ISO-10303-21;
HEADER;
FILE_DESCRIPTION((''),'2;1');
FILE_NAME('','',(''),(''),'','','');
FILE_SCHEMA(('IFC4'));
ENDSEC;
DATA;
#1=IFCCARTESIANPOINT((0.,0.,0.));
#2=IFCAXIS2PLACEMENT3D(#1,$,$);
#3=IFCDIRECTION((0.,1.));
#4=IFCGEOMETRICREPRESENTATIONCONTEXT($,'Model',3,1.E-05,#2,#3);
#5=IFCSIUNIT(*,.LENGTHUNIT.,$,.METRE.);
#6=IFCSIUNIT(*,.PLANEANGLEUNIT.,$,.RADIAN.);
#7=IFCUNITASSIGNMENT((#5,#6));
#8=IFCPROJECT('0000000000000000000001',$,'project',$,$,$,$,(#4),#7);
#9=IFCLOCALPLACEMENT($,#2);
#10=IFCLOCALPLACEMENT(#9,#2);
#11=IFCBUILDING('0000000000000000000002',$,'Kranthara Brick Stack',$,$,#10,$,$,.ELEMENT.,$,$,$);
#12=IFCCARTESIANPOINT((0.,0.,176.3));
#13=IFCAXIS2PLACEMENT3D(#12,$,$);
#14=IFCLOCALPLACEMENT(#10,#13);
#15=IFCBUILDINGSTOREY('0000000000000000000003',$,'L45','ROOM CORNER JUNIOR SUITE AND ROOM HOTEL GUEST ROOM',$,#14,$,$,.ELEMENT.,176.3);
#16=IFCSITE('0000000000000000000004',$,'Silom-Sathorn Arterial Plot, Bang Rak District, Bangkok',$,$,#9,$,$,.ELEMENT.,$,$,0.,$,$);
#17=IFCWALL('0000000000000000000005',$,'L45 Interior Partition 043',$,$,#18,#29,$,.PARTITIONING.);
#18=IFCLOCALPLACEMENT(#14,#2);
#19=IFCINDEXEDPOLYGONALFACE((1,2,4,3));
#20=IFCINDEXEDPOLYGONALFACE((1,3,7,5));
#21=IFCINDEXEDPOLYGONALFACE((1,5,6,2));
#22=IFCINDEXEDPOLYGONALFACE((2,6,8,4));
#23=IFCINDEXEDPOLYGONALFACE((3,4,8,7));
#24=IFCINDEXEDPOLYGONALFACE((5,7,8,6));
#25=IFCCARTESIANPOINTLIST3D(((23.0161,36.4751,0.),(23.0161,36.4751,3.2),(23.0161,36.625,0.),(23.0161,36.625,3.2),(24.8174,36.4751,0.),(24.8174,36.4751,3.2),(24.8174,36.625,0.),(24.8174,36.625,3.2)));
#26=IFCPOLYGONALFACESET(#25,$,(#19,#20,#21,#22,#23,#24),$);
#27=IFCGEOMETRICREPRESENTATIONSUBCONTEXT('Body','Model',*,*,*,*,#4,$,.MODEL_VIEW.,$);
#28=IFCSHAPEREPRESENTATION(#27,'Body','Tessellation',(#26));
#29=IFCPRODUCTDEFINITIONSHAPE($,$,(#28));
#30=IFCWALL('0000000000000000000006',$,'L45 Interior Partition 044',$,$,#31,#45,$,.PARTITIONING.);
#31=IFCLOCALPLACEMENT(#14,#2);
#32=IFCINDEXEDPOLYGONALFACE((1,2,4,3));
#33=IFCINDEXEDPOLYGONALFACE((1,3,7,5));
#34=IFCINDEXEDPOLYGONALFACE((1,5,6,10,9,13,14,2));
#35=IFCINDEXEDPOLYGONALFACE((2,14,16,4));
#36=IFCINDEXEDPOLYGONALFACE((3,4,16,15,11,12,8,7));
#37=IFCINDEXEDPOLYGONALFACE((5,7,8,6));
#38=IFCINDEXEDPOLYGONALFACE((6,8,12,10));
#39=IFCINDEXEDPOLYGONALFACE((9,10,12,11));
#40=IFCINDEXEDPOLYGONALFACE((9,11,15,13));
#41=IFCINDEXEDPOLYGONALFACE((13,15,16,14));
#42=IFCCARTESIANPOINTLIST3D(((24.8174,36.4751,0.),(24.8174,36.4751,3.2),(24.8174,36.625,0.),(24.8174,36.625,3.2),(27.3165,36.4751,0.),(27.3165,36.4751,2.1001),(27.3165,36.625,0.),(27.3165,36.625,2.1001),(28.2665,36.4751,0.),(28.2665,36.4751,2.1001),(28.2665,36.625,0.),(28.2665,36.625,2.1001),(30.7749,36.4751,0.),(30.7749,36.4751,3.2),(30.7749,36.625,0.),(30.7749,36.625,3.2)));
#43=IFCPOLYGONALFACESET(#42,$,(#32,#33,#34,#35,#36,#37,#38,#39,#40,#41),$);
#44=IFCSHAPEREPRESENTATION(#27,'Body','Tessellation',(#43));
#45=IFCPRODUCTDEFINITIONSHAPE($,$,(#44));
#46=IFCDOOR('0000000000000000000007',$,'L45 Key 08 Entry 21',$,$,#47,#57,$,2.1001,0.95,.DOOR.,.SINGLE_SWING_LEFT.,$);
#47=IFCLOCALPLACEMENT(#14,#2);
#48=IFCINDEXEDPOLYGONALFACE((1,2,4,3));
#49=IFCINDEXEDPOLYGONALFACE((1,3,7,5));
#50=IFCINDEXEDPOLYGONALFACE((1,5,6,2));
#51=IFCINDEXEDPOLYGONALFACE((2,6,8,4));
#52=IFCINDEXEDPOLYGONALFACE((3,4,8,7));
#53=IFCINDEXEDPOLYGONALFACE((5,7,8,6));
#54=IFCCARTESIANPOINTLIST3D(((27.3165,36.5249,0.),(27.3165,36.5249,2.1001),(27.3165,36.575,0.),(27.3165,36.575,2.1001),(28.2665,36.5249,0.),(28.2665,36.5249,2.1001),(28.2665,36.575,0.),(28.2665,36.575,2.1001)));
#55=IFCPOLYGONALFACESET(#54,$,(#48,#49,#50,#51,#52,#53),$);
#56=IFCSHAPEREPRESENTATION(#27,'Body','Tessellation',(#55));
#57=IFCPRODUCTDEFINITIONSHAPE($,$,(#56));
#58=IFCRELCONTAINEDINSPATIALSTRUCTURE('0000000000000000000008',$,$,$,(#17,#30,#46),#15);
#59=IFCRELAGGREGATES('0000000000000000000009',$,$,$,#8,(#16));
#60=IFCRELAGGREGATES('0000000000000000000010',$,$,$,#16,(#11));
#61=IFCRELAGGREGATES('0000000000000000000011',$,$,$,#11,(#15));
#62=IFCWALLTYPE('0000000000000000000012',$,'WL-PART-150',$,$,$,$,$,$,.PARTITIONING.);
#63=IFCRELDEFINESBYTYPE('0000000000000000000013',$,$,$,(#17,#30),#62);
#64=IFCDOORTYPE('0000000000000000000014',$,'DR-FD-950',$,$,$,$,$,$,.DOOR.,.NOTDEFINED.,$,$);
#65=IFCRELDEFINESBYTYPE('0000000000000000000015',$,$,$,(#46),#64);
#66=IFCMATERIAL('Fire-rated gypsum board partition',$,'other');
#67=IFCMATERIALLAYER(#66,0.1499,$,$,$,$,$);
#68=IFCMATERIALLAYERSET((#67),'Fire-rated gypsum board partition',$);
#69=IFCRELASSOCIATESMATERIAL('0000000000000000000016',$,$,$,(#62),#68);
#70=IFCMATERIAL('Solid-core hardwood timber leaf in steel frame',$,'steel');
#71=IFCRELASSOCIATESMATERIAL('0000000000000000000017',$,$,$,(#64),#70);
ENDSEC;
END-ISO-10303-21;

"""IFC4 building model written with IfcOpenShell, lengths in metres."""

from ifc_helpers import new_model, si_unit, direction, frame, frame_2d, origin, place, context, subcontext, project, spatial, rectangle, extrude, material, layer, layer_set, type_object, element, fill, save


model = new_model("IFC4")

# Units and contexts
model_context = context("Model", 3, precision=1e-05, world=origin(), true_north=direction((0.0, 1.0)))
body_context = subcontext(model_context, "Body", "Model", "MODEL_VIEW")
ifc_project = project(units=[si_unit("LENGTHUNIT", "METRE"), si_unit("PLANEANGLEUNIT", "RADIAN")], contexts=[model_context])

# Site, building, storey
site_placement = place(None, origin())
site = spatial("IfcSite", under=ifc_project, at=site_placement, Name="Silom-Sathorn Arterial Plot, Bang Rak District, Bangkok", CompositionType="ELEMENT", RefElevation=0.0)
building_placement = place(site_placement, origin())
building = spatial("IfcBuilding", under=site, at=building_placement, Name="Kranthara Brick Stack", CompositionType="ELEMENT")
storey_placement = place(building_placement, frame((0.0, 0.0, 176.3)))
storey = spatial("IfcBuildingStorey", under=building, at=storey_placement, Name="L45", Description="ROOM CORNER JUNIOR SUITE AND ROOM HOTEL GUEST ROOM", CompositionType="ELEMENT", Elevation=176.3)

# Shared definitions
ifc_material_1 = material(Name="Fire-rated gypsum board partition", Category="other")
ifc_layer_1 = layer(ifc_material_1, 0.1499)
ifc_layer_set_1 = layer_set([ifc_layer_1], Name="Fire-rated gypsum board partition")
wall_type_1 = type_object("IfcWallType", Name="WL-PART-150", PredefinedType="PARTITIONING", material=ifc_layer_set_1)

# Shared definitions
ifc_material_2 = material(Name="Solid-core hardwood timber leaf in steel frame", Category="steel")
door_type_1 = type_object("IfcDoorType", Name="DR-FD-950", OperationType="NOTDEFINED", PredefinedType="DOOR", material=ifc_material_2)

# Wall
wall_1_placement = place(storey_placement, frame((23.0161, 36.55, 0.0), z_axis=(0.0, 0.0, 1.0), x_axis=(1.0, 0.0, 0.0)))
element("IfcWall", 1, at=wall_1_placement, inside=storey, type_object=wall_type_1, Name="L45 Interior Partition 043", PredefinedType="PARTITIONING", context=body_context, shape_type="SweptSolid", body=[
    extrude(rectangle(XDim=1.8013, YDim=0.1499, at=frame_2d((0.9006, 0.0))), origin(), (0.0, 0.0, 1.0), 3.2),
])

# Wall, opening, door
wall_2_placement = place(storey_placement, frame((24.8174, 36.55, 0.0), z_axis=(0.0, 0.0, 1.0), x_axis=(1.0, 0.0, 0.0)))
wall_2 = element("IfcWall", 2, at=wall_2_placement, inside=storey, type_object=wall_type_1, Name="L45 Interior Partition 044", PredefinedType="PARTITIONING", context=body_context, shape_type="SweptSolid", body=[
    extrude(rectangle(XDim=5.9575, YDim=0.1499, at=frame_2d((2.9788, 0.0))), origin(), (0.0, 0.0, 1.0), 3.2),
])
opening_1_placement = place(wall_2_placement, frame((2.499, 0.0, 0.0)))
opening_1 = element("IfcOpeningElement", 3, at=opening_1_placement, cuts=wall_2, PredefinedType="OPENING", context=body_context, shape_type="SweptSolid", body=[
    extrude(rectangle(XDim=0.95, YDim=2.1001, at=frame_2d((0.4751, 1.05))), frame((0.0, 0.085, 0.0), z_axis=(0.0, -1.0, 0.0), x_axis=(1.0, 0.0, 0.0)), (0.0, 0.0, 1.0), 0.1699),
])
door_1_placement = place(opening_1_placement, origin())
door_1 = element("IfcDoor", 4, at=door_1_placement, inside=storey, type_object=door_type_1, Name="L45 Key 08 Entry 21", OperationType="SINGLE_SWING_LEFT", OverallHeight=2.1001, OverallWidth=0.95, PredefinedType="DOOR", context=body_context, shape_type="SweptSolid", body=[
    extrude(rectangle(XDim=0.95, YDim=2.1001, at=frame_2d((0.4751, 1.05))), frame((0.0, 0.0249, 0.0), z_axis=(0.0, -1.0, 0.0), x_axis=(1.0, 0.0, 0.0)), (0.0, 0.0, 1.0), 0.05),
])
fill(opening_1, door_1)

save(model, "model.ifc")
